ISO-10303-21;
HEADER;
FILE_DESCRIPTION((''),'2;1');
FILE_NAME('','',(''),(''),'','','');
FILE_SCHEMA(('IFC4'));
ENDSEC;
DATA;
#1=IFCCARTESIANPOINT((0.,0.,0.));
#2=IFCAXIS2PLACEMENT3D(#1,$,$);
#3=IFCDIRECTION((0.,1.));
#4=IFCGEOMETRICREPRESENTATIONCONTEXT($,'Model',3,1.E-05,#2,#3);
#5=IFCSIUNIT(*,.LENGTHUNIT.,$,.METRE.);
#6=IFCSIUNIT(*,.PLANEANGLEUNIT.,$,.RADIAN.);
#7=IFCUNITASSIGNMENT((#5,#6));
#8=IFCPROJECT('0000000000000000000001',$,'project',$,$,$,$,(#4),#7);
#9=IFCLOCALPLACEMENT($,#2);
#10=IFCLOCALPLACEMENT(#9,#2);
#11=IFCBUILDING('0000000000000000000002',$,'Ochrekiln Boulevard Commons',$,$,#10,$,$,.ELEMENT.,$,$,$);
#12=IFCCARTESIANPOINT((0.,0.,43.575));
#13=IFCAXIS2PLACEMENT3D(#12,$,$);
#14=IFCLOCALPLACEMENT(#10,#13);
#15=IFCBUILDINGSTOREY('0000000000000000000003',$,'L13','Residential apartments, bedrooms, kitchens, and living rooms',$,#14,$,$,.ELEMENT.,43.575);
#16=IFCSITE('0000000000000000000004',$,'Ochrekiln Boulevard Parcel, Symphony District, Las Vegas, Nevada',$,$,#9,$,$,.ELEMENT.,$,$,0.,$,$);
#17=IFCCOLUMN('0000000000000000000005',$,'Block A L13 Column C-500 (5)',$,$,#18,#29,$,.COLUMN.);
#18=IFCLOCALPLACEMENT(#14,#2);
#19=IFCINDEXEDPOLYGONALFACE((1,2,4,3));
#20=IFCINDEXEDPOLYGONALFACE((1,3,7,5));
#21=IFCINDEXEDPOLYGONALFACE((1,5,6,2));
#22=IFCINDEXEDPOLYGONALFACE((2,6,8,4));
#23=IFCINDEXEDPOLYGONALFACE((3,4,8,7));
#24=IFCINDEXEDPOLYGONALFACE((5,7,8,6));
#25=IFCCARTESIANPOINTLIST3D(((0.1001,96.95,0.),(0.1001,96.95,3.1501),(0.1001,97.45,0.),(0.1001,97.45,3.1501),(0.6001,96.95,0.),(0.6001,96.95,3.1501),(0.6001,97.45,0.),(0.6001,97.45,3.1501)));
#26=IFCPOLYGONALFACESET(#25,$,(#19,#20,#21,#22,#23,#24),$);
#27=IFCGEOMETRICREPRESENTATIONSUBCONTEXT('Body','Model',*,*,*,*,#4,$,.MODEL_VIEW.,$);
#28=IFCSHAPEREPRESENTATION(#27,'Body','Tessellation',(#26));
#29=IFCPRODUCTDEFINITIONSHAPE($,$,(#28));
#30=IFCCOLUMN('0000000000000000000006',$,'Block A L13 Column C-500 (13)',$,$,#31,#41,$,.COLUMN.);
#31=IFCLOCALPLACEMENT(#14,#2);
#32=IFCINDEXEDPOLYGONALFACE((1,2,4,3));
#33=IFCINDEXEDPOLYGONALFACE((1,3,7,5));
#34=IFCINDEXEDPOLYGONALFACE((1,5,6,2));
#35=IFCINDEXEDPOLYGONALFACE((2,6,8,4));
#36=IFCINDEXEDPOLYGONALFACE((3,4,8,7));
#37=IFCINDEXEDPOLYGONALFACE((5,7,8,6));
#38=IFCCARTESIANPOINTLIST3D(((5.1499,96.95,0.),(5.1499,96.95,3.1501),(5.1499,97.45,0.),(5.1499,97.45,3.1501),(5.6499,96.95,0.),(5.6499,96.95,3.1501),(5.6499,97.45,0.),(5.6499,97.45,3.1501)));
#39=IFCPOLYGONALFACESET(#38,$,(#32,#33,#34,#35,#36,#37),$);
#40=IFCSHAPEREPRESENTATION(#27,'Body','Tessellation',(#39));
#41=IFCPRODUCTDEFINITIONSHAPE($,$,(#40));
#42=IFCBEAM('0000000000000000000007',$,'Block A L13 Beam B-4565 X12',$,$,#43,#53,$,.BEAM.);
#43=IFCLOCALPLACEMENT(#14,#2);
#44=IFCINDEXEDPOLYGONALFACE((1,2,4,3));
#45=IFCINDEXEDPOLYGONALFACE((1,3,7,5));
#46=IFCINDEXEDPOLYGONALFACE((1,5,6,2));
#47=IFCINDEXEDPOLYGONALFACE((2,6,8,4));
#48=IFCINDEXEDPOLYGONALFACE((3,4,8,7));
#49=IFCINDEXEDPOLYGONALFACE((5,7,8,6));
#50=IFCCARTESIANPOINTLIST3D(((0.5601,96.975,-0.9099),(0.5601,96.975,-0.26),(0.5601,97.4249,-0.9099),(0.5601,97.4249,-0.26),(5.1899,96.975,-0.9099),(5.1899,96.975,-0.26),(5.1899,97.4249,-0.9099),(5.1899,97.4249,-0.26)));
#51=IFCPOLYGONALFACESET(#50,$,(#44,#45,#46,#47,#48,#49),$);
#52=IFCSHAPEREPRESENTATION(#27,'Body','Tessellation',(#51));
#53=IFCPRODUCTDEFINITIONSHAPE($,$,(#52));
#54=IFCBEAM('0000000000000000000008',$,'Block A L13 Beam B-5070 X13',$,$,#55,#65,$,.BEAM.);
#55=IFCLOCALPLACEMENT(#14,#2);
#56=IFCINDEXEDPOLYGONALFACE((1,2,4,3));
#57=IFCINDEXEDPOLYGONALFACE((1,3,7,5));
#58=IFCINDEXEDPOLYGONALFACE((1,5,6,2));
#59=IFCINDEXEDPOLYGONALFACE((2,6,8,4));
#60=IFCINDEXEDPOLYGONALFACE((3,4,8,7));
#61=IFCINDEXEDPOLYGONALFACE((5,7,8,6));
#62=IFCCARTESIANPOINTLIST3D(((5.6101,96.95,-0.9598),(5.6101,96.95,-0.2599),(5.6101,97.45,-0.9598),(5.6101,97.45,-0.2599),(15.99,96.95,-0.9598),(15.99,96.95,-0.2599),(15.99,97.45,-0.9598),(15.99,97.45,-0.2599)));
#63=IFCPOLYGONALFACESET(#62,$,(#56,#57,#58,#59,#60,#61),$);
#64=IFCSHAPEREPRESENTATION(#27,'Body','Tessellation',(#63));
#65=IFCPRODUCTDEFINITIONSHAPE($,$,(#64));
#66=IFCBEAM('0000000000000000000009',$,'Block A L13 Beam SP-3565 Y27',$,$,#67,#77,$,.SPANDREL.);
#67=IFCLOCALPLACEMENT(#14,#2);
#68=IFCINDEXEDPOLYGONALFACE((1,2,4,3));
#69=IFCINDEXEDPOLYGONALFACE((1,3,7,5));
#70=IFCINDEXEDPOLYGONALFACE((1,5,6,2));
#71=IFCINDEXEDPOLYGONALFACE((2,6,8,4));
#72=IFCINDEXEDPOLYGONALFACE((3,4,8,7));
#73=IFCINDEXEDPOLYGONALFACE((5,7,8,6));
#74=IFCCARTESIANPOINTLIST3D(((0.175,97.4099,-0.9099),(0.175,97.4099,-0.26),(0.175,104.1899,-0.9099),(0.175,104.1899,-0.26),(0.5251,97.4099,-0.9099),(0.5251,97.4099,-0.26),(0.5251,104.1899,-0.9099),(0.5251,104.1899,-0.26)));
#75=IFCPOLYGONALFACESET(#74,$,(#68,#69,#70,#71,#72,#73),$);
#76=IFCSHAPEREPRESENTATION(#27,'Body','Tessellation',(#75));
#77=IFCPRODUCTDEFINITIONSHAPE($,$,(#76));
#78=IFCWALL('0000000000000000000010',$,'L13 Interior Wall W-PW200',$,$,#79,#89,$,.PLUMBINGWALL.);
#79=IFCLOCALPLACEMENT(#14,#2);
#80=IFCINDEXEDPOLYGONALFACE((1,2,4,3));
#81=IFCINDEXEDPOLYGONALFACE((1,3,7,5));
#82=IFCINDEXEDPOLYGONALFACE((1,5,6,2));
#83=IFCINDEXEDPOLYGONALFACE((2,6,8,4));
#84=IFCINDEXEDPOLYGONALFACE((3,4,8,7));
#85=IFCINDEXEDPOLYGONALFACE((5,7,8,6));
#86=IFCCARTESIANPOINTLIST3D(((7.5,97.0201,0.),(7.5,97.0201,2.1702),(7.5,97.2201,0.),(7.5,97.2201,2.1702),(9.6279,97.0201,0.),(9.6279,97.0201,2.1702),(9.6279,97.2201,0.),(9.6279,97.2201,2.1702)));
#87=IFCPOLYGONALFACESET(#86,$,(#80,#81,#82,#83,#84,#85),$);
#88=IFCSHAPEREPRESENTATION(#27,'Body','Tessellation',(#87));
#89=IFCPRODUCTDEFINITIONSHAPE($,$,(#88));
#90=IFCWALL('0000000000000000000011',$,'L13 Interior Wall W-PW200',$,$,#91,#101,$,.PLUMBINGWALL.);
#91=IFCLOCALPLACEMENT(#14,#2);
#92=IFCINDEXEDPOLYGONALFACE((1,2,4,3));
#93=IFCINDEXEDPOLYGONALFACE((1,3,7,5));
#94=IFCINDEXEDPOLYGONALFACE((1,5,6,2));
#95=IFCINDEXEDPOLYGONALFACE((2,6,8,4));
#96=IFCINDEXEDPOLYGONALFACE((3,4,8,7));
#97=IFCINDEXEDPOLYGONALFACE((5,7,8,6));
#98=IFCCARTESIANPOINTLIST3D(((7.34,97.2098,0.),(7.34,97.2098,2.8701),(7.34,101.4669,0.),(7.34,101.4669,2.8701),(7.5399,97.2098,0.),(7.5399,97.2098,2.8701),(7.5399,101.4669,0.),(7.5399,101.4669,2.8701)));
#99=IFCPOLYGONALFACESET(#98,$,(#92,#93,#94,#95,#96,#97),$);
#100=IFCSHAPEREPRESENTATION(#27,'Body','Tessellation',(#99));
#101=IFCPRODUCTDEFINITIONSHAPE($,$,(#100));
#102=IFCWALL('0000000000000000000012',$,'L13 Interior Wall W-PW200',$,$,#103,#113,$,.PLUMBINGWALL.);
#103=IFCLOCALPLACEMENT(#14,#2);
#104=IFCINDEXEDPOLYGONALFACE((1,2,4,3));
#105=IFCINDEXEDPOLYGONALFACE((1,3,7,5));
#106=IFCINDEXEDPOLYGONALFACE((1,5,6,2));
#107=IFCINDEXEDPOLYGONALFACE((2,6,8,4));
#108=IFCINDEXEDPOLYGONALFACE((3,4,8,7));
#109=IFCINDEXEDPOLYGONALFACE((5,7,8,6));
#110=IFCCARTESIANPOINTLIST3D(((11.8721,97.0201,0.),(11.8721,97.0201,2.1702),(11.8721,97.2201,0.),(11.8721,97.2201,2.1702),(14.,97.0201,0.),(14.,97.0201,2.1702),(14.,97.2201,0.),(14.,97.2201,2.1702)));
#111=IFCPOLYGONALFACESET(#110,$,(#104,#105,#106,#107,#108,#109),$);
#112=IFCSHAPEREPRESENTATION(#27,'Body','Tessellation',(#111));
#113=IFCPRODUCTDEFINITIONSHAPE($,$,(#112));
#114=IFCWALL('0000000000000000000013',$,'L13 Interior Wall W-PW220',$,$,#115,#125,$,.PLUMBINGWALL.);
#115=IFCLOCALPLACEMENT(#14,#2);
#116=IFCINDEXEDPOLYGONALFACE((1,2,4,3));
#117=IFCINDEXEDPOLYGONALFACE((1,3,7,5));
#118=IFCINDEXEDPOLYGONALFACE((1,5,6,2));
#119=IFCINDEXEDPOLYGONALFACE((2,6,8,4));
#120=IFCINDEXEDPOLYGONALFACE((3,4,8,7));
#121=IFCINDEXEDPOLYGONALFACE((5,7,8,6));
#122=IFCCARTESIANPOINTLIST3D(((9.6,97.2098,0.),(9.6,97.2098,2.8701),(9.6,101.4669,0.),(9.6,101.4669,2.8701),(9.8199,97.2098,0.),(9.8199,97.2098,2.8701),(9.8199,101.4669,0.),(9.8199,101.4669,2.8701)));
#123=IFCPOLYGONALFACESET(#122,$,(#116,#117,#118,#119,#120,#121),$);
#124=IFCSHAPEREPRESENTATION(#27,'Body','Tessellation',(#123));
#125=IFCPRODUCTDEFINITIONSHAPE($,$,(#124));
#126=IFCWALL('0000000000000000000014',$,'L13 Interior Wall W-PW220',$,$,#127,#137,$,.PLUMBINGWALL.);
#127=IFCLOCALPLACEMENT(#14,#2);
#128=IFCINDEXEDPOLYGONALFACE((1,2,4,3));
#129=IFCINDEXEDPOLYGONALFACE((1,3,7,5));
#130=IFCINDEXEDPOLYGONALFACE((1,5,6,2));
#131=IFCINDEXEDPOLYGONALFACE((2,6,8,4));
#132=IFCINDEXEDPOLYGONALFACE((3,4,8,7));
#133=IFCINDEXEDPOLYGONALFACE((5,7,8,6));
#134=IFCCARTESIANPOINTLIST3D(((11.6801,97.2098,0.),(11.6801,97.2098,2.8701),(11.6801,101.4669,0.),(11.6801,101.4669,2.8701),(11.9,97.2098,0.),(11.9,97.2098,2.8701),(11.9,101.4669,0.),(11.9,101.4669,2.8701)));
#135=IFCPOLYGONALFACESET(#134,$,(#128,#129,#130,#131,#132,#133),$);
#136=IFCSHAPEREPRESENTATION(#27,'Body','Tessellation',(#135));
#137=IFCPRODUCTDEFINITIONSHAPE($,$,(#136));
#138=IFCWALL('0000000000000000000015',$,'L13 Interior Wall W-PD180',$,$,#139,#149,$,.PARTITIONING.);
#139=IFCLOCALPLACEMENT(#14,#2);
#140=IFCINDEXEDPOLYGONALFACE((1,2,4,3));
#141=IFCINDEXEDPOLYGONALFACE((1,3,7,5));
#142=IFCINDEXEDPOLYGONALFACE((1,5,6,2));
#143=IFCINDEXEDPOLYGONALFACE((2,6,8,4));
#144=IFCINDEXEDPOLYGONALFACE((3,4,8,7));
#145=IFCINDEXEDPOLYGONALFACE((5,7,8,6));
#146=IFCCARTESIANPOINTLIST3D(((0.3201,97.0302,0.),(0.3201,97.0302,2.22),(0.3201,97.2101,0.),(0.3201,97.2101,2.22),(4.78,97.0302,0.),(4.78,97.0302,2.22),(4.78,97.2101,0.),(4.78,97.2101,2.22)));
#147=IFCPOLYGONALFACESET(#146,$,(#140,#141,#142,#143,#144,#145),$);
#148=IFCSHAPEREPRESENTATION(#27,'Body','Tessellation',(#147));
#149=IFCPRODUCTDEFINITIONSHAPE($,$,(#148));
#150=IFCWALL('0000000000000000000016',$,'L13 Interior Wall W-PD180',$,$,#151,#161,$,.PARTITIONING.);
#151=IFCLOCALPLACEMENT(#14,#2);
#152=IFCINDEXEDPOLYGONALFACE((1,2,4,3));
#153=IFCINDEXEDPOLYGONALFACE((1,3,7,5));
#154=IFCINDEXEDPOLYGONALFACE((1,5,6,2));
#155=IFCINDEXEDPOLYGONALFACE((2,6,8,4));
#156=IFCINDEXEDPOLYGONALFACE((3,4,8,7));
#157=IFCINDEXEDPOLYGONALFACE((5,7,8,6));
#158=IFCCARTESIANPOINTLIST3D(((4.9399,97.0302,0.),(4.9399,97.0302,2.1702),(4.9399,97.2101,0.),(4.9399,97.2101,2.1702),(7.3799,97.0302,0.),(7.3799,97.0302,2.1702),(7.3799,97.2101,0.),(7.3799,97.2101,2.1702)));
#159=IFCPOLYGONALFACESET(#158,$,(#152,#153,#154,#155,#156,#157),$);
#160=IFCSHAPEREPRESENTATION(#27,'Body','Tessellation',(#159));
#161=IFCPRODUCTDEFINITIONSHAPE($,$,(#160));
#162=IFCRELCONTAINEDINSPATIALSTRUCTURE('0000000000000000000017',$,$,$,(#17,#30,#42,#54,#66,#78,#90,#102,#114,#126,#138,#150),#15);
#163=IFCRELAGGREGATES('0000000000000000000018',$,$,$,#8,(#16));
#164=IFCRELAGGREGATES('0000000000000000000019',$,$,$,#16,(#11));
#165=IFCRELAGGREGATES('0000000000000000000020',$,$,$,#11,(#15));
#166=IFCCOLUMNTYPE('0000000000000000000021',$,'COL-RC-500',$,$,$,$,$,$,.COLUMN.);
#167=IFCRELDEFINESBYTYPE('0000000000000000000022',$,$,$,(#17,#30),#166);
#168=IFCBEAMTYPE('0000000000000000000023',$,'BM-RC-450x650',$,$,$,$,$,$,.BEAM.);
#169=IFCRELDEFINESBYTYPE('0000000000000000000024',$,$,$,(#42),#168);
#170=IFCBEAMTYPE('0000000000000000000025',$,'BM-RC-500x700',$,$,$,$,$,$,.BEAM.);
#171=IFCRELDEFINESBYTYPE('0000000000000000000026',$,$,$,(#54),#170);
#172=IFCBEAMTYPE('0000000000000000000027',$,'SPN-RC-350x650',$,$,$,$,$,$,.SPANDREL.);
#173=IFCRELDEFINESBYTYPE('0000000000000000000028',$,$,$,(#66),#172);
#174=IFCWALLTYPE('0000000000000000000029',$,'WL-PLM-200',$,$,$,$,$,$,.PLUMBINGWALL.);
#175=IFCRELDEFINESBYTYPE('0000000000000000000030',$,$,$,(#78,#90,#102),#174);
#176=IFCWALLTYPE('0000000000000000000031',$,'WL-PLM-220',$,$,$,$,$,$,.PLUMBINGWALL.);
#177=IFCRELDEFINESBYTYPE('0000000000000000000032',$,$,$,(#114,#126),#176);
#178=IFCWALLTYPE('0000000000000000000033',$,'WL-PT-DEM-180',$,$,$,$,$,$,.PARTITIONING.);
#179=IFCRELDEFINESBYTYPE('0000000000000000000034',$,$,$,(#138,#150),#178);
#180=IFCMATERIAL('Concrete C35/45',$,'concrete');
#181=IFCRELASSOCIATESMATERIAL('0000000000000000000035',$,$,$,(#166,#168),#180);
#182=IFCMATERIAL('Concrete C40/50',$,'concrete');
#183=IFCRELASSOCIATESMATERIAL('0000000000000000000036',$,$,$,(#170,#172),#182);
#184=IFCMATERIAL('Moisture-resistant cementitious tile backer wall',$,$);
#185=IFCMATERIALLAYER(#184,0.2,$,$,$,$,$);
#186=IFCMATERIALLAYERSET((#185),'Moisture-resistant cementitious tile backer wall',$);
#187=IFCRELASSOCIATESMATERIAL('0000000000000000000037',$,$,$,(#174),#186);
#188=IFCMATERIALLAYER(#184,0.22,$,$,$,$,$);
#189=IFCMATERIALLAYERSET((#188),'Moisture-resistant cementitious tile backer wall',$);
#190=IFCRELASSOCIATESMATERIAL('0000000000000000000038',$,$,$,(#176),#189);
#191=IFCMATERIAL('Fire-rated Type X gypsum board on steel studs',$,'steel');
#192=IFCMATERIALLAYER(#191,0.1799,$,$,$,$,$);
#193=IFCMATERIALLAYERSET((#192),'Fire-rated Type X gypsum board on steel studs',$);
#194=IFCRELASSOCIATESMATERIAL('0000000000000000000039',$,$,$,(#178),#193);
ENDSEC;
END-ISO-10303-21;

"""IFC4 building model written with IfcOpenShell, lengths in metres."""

from ifc_helpers import new_model, si_unit, direction, frame, frame_2d, origin, origin_2d, place, context, subcontext, project, spatial, rectangle, extrude, material, layer, layer_set, material_profile, profile_set, type_object, element, save


model = new_model("IFC4")

# Units and contexts
model_context = context("Model", 3, precision=1e-05, world=origin(), true_north=direction((0.0, 1.0)))
body_context = subcontext(model_context, "Body", "Model", "MODEL_VIEW")
ifc_project = project(units=[si_unit("LENGTHUNIT", "METRE"), si_unit("PLANEANGLEUNIT", "RADIAN")], contexts=[model_context])

# Site, building, storey
site_placement = place(None, origin())
site = spatial("IfcSite", under=ifc_project, at=site_placement, Name="Ochrekiln Boulevard Parcel, Symphony District, Las Vegas, Nevada", CompositionType="ELEMENT", RefElevation=0.0)
building_placement = place(site_placement, origin())
building = spatial("IfcBuilding", under=site, at=building_placement, Name="Ochrekiln Boulevard Commons", CompositionType="ELEMENT")
storey_placement = place(building_placement, frame((0.0, 0.0, 43.575)))
storey = spatial("IfcBuildingStorey", under=building, at=storey_placement, Name="L13", Description="Residential apartments, bedrooms, kitchens, and living rooms", CompositionType="ELEMENT", Elevation=43.575)

# Columns
ifc_material_1 = material(Name="Concrete C35/45", Category="concrete")
ifc_material_profile_1 = material_profile(ifc_material_1, rectangle(XDim=0.5, YDim=0.5, at=origin_2d()), Name="RC-COL-500x500")
ifc_profile_set_1 = profile_set([ifc_material_profile_1], Name="Concrete C35/45")
column_type = type_object("IfcColumnType", Name="COL-RC-500", PredefinedType="COLUMN", material=ifc_profile_set_1)
for number, where, z_axis, x_axis, name in (
    (1, (0.3501, 97.2, 0.0), (0.0, 0.0, 1.0), (1.0, 0.0, 0.0), "Block A L13 Column C-500 (5)"),
    (2, (5.3999, 97.2, 0.0), (0.0, 0.0, 1.0), (1.0, 0.0, 0.0), "Block A L13 Column C-500 (13)"),
):
    element("IfcColumn", number, at=place(storey_placement, frame(where, z_axis=z_axis, x_axis=x_axis)), inside=storey, type_object=column_type, Name=name, PredefinedType="COLUMN", context=body_context, shape_type="SweptSolid", body=[
        extrude(rectangle(XDim=0.5, YDim=0.5, at=origin_2d()), origin(), (0.0, 0.0, 1.0), 3.1501),
    ])

# Beams
ifc_material_profile_2 = material_profile(ifc_material_1, rectangle(XDim=0.45, YDim=0.6499, at=origin_2d()), Name="RC-BM-450x650")
ifc_profile_set_2 = profile_set([ifc_material_profile_2], Name="Concrete C35/45")
beam_type_1 = type_object("IfcBeamType", Name="BM-RC-450x650", PredefinedType="BEAM", material=ifc_profile_set_2)
beam_1_placement = place(storey_placement, frame((0.5601, 97.2, -0.585), z_axis=(1.0, 0.0, 0.0), x_axis=(0.0, 1.0, 0.0)))
element("IfcBeam", 3, at=beam_1_placement, inside=storey, type_object=beam_type_1, Name="Block A L13 Beam B-4565 X12", PredefinedType="BEAM", context=body_context, shape_type="SweptSolid", body=[
    extrude(rectangle(XDim=0.45, YDim=0.6499, at=origin_2d()), origin(), (0.0, 0.0, 1.0), 4.6299),
])
ifc_material_2 = material(Name="Concrete C40/50", Category="concrete")
ifc_material_profile_3 = material_profile(ifc_material_2, rectangle(XDim=0.5, YDim=0.7, at=origin_2d()), Name="RC-BM-500x700")
ifc_profile_set_3 = profile_set([ifc_material_profile_3], Name="Concrete C40/50")
beam_type_2 = type_object("IfcBeamType", Name="BM-RC-500x700", PredefinedType="BEAM", material=ifc_profile_set_3)
beam_2_placement = place(storey_placement, frame((5.6101, 97.2, -0.6099), z_axis=(1.0, 0.0, 0.0), x_axis=(0.0, 1.0, 0.0)))
element("IfcBeam", 4, at=beam_2_placement, inside=storey, type_object=beam_type_2, Name="Block A L13 Beam B-5070 X13", PredefinedType="BEAM", context=body_context, shape_type="SweptSolid", body=[
    extrude(rectangle(XDim=0.5, YDim=0.7, at=origin_2d()), origin(), (0.0, 0.0, 1.0), 10.3799),
])
ifc_material_profile_4 = material_profile(ifc_material_2, rectangle(XDim=0.3501, YDim=0.6499, at=origin_2d()), Name="RC-SPN-350x650")
ifc_profile_set_4 = profile_set([ifc_material_profile_4], Name="Concrete C40/50")
beam_type_3 = type_object("IfcBeamType", Name="SPN-RC-350x650", PredefinedType="SPANDREL", material=ifc_profile_set_4)
beam_3_placement = place(storey_placement, frame((0.3501, 97.4099, -0.585), z_axis=(0.0, 1.0, 0.0), x_axis=(-1.0, 0.0, 0.0)))
element("IfcBeam", 5, at=beam_3_placement, inside=storey, type_object=beam_type_3, Name="Block A L13 Beam SP-3565 Y27", PredefinedType="SPANDREL", context=body_context, shape_type="SweptSolid", body=[
    extrude(rectangle(XDim=0.3501, YDim=0.6499, at=origin_2d()), origin(), (0.0, 0.0, 1.0), 6.78),
])

# Walls
ifc_material_3 = material(Name="Moisture-resistant cementitious tile backer wall")
ifc_layer_1 = layer(ifc_material_3, 0.2)
ifc_layer_set_1 = layer_set([ifc_layer_1], Name="Moisture-resistant cementitious tile backer wall")
wall_type_1 = type_object("IfcWallType", Name="WL-PLM-200", PredefinedType="PLUMBINGWALL", material=ifc_layer_set_1)
wall_1_placement = place(storey_placement, frame((7.5, 97.1201, 0.0), z_axis=(0.0, 0.0, 1.0), x_axis=(1.0, 0.0, 0.0)))
element("IfcWall", 6, at=wall_1_placement, inside=storey, type_object=wall_type_1, Name="L13 Interior Wall W-PW200", PredefinedType="PLUMBINGWALL", context=body_context, shape_type="SweptSolid", body=[
    extrude(rectangle(XDim=2.1279, YDim=0.2, at=frame_2d((1.064, 0.0))), origin(), (0.0, 0.0, 1.0), 2.1702),
])
wall_2_placement = place(storey_placement, frame((7.4399, 97.21, 0.0), z_axis=(0.0, 0.0, 1.0), x_axis=(0.0, 1.0, 0.0)))
element("IfcWall", 7, at=wall_2_placement, inside=storey, type_object=wall_type_1, Name="L13 Interior Wall W-PW200", PredefinedType="PLUMBINGWALL", context=body_context, shape_type="SweptSolid", body=[
    extrude(rectangle(XDim=4.2571, YDim=0.2, at=frame_2d((2.1284, 0.0))), origin(), (0.0, 0.0, 1.0), 2.8701),
])
wall_3_placement = place(storey_placement, frame((11.8721, 97.1201, 0.0), z_axis=(0.0, 0.0, 1.0), x_axis=(1.0, 0.0, 0.0)))
element("IfcWall", 8, at=wall_3_placement, inside=storey, type_object=wall_type_1, Name="L13 Interior Wall W-PW200", PredefinedType="PLUMBINGWALL", context=body_context, shape_type="SweptSolid", body=[
    extrude(rectangle(XDim=2.1279, YDim=0.2, at=frame_2d((1.064, 0.0))), origin(), (0.0, 0.0, 1.0), 2.1702),
])
ifc_layer_2 = layer(ifc_material_3, 0.22)
ifc_layer_set_2 = layer_set([ifc_layer_2], Name="Moisture-resistant cementitious tile backer wall")
wall_type_2 = type_object("IfcWallType", Name="WL-PLM-220", PredefinedType="PLUMBINGWALL", material=ifc_layer_set_2)
for number, where, z_axis, x_axis, name in (
    (9, (9.71, 97.21, 0.0), (0.0, 0.0, 1.0), (0.0, 1.0, 0.0), "L13 Interior Wall W-PW220"),
    (10, (11.79, 97.21, 0.0), (0.0, 0.0, 1.0), (0.0, 1.0, 0.0), "L13 Interior Wall W-PW220"),
):
    element("IfcWall", number, at=place(storey_placement, frame(where, z_axis=z_axis, x_axis=x_axis)), inside=storey, type_object=wall_type_2, Name=name, PredefinedType="PLUMBINGWALL", context=body_context, shape_type="SweptSolid", body=[
        extrude(rectangle(XDim=4.2571, YDim=0.22, at=frame_2d((2.1284, 0.0))), origin(), (0.0, 0.0, 1.0), 2.8701),
    ])
ifc_material_4 = material(Name="Fire-rated Type X gypsum board on steel studs", Category="steel")
ifc_layer_3 = layer(ifc_material_4, 0.1799)
ifc_layer_set_3 = layer_set([ifc_layer_3], Name="Fire-rated Type X gypsum board on steel studs")
wall_type_3 = type_object("IfcWallType", Name="WL-PT-DEM-180", PredefinedType="PARTITIONING", material=ifc_layer_set_3)
wall_4_placement = place(storey_placement, frame((0.3201, 97.1201, 0.0), z_axis=(0.0, 0.0, 1.0), x_axis=(1.0, 0.0, 0.0)))
element("IfcWall", 11, at=wall_4_placement, inside=storey, type_object=wall_type_3, Name="L13 Interior Wall W-PD180", PredefinedType="PARTITIONING", context=body_context, shape_type="SweptSolid", body=[
    extrude(rectangle(XDim=4.46, YDim=0.1799, at=frame_2d((2.23, 0.0))), origin(), (0.0, 0.0, 1.0), 2.22),
])
wall_5_placement = place(storey_placement, frame((4.9399, 97.1201, 0.0), z_axis=(0.0, 0.0, 1.0), x_axis=(1.0, 0.0, 0.0)))
element("IfcWall", 12, at=wall_5_placement, inside=storey, type_object=wall_type_3, Name="L13 Interior Wall W-PD180", PredefinedType="PARTITIONING", context=body_context, shape_type="SweptSolid", body=[
    extrude(rectangle(XDim=2.4399, YDim=0.1799, at=frame_2d((1.22, 0.0))), origin(), (0.0, 0.0, 1.0), 2.1702),
])

save(model, "model.ifc")
